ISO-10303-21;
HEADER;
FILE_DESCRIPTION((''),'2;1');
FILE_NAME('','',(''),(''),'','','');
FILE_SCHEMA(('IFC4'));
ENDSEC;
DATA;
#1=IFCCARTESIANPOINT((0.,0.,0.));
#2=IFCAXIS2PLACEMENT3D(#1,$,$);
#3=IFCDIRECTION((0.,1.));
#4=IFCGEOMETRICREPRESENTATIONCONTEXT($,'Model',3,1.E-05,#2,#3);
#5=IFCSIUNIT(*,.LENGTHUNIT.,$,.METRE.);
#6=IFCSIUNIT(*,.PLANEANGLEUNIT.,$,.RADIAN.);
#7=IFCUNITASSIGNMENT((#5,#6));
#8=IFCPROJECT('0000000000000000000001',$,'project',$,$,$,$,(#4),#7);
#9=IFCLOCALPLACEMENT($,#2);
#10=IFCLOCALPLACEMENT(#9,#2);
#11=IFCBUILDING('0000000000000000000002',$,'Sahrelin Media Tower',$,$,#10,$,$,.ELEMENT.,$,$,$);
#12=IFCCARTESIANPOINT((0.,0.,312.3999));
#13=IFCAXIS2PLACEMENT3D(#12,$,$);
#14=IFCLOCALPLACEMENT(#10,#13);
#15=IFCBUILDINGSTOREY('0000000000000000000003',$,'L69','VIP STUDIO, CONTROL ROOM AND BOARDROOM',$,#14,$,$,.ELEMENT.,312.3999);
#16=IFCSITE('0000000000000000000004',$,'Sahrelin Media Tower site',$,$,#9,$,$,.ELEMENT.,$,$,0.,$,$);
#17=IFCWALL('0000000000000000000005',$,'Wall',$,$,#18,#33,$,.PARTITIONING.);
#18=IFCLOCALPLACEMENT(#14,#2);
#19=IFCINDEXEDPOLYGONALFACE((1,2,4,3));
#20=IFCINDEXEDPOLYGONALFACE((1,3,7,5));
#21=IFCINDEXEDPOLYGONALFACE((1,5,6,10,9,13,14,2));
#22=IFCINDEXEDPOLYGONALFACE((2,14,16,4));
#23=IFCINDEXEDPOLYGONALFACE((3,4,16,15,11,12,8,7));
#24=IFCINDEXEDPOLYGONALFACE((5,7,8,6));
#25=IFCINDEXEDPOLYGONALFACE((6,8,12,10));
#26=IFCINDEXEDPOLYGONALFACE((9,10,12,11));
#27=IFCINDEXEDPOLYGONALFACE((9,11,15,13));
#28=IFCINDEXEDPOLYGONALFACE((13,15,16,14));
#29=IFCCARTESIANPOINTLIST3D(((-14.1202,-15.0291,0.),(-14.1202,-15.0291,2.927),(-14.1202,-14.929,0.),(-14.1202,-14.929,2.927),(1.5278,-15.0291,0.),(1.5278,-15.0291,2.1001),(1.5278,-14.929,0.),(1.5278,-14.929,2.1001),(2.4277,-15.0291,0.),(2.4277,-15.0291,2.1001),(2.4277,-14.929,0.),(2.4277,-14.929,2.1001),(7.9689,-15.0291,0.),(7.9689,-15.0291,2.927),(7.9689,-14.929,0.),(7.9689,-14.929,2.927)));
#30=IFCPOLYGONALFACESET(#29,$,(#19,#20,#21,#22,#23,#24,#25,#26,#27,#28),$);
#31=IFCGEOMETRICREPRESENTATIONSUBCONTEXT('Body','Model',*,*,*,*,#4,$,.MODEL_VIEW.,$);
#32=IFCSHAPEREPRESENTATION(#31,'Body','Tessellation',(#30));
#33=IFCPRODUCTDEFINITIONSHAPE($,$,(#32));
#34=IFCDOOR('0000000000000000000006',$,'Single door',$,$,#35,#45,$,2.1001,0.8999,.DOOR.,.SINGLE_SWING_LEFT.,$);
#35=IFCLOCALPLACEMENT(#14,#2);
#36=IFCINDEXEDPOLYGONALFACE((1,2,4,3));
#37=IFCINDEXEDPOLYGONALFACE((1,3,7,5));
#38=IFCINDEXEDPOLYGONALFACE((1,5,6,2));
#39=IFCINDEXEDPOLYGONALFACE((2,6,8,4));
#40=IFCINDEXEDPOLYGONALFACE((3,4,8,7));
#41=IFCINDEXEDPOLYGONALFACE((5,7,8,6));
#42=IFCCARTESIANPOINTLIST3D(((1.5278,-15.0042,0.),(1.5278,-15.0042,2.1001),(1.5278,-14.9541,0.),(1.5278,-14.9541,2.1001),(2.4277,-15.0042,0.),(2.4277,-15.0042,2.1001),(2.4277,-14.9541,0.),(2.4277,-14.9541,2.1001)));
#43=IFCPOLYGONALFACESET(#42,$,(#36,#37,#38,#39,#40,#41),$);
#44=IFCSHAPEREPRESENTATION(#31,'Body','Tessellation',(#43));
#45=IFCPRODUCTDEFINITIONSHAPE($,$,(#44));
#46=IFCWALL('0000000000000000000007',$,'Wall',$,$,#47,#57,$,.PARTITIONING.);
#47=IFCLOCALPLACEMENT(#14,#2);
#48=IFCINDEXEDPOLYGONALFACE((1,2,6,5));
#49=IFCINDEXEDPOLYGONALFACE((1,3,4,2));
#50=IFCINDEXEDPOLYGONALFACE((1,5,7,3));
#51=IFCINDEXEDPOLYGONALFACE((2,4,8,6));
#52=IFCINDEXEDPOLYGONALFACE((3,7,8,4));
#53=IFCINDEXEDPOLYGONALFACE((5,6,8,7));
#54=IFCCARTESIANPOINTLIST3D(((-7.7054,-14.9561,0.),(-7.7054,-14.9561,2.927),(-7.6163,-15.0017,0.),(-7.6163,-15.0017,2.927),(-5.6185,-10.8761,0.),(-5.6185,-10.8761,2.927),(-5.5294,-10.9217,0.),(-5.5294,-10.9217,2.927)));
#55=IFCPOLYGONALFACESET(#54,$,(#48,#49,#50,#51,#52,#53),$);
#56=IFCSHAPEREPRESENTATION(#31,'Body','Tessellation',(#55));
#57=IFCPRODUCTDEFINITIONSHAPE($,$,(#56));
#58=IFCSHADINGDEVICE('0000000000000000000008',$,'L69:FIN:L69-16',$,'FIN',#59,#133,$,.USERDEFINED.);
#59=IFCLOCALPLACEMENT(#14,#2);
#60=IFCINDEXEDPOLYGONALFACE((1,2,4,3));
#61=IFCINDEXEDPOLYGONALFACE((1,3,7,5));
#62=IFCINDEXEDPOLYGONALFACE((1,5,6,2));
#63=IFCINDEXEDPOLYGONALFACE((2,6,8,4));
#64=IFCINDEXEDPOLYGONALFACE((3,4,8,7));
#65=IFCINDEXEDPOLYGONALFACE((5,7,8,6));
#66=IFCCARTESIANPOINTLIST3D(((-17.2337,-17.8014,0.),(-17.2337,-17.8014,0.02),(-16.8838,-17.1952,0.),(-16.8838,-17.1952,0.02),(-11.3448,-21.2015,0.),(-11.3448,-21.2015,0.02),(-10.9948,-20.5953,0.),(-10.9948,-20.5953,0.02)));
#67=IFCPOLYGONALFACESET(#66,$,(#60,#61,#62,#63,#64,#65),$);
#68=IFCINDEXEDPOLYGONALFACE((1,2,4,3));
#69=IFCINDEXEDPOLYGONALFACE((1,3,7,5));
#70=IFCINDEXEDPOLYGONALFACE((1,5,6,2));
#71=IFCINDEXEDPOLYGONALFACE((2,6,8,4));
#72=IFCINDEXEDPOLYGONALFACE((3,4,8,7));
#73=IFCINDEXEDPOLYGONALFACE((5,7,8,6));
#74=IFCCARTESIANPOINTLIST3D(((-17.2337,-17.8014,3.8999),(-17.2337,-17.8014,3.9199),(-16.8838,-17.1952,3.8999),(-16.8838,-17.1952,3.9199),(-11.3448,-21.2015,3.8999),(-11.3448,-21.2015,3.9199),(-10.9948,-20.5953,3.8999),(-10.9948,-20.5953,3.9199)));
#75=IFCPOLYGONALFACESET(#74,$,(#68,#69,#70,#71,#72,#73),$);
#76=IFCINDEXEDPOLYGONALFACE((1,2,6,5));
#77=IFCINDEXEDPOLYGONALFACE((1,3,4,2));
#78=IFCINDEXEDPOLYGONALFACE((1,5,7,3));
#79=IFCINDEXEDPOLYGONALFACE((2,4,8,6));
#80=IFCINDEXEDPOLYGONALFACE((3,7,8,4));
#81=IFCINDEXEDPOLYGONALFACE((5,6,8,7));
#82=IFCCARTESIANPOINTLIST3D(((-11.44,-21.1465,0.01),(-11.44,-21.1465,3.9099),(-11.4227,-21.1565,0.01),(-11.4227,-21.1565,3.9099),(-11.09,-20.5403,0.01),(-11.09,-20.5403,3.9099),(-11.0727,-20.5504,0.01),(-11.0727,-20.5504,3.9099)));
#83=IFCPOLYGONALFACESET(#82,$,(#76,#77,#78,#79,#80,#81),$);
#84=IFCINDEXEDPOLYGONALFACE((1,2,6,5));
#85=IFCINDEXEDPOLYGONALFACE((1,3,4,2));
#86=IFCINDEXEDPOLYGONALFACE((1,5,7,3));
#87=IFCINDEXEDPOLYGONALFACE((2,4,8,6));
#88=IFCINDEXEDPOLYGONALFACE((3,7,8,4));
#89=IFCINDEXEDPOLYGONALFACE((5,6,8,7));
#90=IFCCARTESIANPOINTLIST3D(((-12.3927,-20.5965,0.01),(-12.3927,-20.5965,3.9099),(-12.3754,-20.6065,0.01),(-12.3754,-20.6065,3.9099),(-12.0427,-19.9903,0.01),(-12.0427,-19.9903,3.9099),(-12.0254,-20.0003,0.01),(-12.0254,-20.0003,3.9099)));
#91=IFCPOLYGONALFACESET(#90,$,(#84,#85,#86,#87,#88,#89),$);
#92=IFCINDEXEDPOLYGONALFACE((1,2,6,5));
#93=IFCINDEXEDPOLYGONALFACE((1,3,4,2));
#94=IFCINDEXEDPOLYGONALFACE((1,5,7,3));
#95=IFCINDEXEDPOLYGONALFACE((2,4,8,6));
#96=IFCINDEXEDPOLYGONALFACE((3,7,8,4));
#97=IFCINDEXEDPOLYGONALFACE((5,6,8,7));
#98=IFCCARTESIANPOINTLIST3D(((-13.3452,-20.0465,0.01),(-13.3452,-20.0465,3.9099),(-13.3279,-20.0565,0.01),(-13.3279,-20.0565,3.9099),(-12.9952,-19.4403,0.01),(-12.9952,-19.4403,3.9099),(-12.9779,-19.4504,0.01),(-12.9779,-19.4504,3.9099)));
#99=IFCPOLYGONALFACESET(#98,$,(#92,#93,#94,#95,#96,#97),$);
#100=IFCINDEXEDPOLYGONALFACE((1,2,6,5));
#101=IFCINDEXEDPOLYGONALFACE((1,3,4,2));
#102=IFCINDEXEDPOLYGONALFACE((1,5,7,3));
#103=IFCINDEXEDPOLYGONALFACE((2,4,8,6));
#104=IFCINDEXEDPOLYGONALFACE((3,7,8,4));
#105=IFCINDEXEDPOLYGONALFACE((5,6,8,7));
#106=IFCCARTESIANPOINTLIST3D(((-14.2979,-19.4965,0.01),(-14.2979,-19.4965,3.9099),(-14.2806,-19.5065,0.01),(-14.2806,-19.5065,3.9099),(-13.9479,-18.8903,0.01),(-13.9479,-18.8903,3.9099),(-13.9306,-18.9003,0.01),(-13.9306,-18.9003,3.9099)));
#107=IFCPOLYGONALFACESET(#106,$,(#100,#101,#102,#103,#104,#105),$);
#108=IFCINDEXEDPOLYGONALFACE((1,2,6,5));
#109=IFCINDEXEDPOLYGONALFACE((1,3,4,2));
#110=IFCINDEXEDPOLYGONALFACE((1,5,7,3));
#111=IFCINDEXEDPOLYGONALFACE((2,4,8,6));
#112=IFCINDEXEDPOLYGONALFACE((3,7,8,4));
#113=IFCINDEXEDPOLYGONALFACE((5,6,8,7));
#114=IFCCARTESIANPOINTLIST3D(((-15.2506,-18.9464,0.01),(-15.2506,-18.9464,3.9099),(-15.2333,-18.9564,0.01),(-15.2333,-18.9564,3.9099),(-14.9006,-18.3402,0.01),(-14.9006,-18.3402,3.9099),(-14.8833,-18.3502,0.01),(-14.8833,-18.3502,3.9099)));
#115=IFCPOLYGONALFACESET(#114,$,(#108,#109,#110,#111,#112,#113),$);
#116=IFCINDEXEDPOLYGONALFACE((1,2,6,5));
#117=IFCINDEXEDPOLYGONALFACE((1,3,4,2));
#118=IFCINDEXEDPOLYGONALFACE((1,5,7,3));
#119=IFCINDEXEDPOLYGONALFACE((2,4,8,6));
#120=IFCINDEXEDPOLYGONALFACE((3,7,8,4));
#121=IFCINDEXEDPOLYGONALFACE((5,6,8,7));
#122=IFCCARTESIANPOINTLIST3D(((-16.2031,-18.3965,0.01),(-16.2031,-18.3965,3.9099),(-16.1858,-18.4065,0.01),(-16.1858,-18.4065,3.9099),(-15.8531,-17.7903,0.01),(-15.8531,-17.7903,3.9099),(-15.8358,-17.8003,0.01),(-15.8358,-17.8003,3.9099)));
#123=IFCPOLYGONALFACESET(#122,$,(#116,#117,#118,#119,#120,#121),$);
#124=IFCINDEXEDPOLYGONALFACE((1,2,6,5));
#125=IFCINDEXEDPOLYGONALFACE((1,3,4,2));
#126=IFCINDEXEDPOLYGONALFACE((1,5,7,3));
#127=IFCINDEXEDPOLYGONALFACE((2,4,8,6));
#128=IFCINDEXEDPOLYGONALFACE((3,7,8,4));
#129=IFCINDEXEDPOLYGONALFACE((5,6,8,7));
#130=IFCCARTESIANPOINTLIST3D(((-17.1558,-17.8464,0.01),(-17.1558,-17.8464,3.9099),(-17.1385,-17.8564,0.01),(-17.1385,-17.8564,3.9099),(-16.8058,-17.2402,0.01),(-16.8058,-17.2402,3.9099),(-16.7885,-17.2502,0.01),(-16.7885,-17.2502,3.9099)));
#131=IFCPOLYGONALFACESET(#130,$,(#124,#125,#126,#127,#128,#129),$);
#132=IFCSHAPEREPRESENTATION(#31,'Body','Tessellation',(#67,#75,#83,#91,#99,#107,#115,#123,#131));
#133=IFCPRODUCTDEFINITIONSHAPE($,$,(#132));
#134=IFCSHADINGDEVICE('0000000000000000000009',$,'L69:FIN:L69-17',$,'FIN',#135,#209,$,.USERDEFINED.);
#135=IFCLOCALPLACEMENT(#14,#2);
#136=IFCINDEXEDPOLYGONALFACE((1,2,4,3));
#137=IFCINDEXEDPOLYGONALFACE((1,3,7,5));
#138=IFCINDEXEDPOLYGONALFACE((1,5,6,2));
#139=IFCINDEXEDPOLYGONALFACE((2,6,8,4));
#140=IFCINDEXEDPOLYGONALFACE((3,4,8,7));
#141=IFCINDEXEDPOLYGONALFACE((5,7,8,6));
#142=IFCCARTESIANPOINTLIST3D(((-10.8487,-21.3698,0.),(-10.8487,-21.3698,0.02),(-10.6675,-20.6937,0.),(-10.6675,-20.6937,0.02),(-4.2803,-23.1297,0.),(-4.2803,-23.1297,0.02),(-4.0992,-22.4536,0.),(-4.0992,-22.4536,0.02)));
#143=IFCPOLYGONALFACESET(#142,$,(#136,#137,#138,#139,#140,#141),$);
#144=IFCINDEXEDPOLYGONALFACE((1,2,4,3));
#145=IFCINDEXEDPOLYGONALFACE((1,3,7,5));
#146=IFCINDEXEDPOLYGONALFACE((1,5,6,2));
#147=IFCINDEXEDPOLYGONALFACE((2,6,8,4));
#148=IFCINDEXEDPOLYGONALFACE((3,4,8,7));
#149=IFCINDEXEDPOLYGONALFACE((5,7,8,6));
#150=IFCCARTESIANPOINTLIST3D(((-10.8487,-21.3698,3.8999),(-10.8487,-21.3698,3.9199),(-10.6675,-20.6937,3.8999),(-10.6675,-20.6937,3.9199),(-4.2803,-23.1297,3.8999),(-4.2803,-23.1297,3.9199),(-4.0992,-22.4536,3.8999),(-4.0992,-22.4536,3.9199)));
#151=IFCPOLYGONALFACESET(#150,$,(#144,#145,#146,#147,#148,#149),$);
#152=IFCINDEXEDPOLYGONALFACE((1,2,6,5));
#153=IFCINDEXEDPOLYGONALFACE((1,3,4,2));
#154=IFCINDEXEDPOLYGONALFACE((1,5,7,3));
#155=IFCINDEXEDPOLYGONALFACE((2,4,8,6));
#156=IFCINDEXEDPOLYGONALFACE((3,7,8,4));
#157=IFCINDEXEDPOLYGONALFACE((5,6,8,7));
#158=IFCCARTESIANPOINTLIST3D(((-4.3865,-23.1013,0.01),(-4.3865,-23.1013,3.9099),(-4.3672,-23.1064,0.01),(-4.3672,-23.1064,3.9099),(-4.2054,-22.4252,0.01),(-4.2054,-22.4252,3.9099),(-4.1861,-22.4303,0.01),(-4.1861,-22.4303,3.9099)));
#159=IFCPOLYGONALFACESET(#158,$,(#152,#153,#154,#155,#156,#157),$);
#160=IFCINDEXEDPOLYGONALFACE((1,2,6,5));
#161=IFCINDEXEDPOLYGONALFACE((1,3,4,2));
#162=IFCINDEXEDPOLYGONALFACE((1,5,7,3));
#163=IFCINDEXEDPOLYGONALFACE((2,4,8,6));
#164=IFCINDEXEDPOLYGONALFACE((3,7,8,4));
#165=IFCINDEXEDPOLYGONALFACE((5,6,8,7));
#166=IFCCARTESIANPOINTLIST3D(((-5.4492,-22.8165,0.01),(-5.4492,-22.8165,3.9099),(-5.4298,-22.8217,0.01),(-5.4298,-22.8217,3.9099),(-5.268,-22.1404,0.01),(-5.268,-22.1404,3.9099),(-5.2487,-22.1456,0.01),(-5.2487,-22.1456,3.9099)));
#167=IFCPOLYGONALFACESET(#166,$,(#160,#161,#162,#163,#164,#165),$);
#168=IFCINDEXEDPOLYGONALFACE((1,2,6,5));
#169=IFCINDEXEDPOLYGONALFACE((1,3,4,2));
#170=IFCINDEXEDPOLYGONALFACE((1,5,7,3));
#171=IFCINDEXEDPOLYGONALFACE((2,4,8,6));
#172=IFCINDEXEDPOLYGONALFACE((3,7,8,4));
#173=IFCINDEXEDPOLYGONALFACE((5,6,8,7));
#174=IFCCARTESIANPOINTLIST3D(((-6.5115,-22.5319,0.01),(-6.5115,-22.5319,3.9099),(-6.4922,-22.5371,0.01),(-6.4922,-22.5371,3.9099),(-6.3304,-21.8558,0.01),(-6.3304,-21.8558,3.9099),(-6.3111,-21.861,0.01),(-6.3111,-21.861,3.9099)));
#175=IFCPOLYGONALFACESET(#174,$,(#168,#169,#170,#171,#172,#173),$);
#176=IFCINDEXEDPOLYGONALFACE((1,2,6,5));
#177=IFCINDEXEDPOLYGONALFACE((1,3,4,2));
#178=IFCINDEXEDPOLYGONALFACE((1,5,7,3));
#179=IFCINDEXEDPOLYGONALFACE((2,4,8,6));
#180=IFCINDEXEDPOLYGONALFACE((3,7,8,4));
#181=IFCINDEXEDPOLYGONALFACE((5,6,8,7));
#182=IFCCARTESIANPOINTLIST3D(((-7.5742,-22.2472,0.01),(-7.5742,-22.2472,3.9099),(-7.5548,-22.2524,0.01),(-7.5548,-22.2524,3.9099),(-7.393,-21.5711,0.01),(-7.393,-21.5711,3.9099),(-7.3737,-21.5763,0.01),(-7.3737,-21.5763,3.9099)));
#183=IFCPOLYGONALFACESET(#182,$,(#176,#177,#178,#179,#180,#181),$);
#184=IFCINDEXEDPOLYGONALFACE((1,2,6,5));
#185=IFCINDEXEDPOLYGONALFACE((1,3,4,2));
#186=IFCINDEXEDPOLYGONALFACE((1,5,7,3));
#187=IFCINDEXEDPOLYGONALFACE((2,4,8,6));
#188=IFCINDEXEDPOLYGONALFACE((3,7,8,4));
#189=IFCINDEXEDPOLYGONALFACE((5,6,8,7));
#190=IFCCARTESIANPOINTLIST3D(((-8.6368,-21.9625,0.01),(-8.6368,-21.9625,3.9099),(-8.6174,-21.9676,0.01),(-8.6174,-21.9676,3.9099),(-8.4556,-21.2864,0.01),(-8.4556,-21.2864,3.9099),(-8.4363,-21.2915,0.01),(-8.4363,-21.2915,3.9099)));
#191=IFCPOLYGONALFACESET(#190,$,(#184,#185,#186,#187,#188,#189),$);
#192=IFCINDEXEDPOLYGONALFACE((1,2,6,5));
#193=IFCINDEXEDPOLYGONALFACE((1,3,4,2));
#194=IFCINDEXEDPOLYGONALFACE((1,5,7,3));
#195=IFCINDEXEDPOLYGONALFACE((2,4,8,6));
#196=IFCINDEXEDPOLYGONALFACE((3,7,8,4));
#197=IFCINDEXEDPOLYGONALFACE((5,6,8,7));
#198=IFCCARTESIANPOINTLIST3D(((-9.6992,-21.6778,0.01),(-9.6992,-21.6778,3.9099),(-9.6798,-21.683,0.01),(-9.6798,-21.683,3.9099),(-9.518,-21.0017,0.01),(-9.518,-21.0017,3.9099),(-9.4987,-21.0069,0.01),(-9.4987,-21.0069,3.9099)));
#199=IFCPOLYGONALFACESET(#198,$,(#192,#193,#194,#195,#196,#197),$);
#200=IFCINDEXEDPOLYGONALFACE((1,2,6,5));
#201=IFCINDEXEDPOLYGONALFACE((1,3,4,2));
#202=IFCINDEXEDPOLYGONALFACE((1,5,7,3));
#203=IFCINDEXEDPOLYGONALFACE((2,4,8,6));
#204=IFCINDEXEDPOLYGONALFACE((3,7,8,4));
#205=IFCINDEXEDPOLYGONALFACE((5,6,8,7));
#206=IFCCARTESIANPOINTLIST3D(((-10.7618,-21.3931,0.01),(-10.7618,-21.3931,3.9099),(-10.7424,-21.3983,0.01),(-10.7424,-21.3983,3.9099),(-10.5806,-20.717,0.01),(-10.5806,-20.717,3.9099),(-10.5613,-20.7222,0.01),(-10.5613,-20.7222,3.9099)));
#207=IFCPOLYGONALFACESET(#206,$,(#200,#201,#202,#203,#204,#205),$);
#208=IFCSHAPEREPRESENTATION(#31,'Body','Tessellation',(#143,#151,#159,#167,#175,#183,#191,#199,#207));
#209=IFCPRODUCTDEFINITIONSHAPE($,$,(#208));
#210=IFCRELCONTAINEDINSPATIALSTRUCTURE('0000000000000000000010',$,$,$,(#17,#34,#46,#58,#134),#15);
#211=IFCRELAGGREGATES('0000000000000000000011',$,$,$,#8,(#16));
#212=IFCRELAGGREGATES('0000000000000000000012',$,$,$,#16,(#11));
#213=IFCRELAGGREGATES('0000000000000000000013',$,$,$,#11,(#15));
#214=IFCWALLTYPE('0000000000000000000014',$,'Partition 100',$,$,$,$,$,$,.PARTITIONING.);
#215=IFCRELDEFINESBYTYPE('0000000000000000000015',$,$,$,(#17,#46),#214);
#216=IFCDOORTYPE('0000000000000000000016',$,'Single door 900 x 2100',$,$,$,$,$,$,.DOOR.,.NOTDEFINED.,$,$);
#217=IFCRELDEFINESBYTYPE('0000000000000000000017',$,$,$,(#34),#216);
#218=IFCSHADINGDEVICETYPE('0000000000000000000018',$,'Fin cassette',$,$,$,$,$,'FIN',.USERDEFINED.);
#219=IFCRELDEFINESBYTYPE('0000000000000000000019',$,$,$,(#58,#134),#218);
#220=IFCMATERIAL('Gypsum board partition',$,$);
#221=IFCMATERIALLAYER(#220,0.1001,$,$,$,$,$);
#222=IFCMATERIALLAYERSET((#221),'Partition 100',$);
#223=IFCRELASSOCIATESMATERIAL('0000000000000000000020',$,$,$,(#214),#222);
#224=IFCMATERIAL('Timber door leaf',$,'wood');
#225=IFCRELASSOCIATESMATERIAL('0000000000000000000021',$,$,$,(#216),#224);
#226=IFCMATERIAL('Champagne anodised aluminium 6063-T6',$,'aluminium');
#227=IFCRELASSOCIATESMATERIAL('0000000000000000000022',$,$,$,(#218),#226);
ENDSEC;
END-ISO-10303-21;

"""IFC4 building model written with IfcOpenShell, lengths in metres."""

from ifc_helpers import new_model, si_unit, direction, frame, frame_2d, origin, origin_2d, place, context, subcontext, project, spatial, rectangle, extrude, material, layer, layer_set, type_object, element, fill, save


model = new_model("IFC4")

# Units and contexts
model_context = context("Model", 3, precision=1e-05, world=origin(), true_north=direction((0.0, 1.0)))
body_context = subcontext(model_context, "Body", "Model", "MODEL_VIEW")
ifc_project = project(units=[si_unit("LENGTHUNIT", "METRE"), si_unit("PLANEANGLEUNIT", "RADIAN")], contexts=[model_context])

# Site, building, storey
site_placement = place(None, origin())
site = spatial("IfcSite", under=ifc_project, at=site_placement, Name="Sahrelin Media Tower site", CompositionType="ELEMENT", RefElevation=0.0)
building_placement = place(site_placement, origin())
building = spatial("IfcBuilding", under=site, at=building_placement, Name="Sahrelin Media Tower", CompositionType="ELEMENT")
storey_placement = place(building_placement, frame((0.0, 0.0, 312.3999)))
storey = spatial("IfcBuildingStorey", under=building, at=storey_placement, Name="L69", Description="VIP STUDIO, CONTROL ROOM AND BOARDROOM", CompositionType="ELEMENT", Elevation=312.3999)

# Shared definitions
ifc_material_1 = material(Name="Champagne anodised aluminium 6063-T6", Category="aluminium")

# Wall, opening, door
ifc_material_2 = material(Name="Gypsum board partition")
ifc_layer_1 = layer(ifc_material_2, 0.1001)
ifc_layer_set_1 = layer_set([ifc_layer_1], Name="Partition 100")
wall_type_1 = type_object("IfcWallType", Name="Partition 100", PredefinedType="PARTITIONING", material=ifc_layer_set_1)
wall_1_placement = place(storey_placement, frame((-14.1201, -14.979, 0.0), z_axis=(0.0, 0.0, 1.0), x_axis=(1.0, 0.0, 0.0)))
wall_1 = element("IfcWall", 1, at=wall_1_placement, inside=storey, type_object=wall_type_1, Name="Wall", PredefinedType="PARTITIONING", context=body_context, shape_type="SweptSolid", body=[
    extrude(rectangle(XDim=22.0891, YDim=0.1001, at=frame_2d((11.0444, 0.0))), origin(), (0.0, 0.0, 1.0), 2.927),
])
opening_1_placement = place(wall_1_placement, frame((15.6479, 0.0, 0.0)))
opening_1 = element("IfcOpeningElement", 2, at=opening_1_placement, cuts=wall_1, PredefinedType="OPENING", context=body_context, shape_type="SweptSolid", body=[
    extrude(rectangle(XDim=0.8999, YDim=2.1001, at=frame_2d((0.45, 1.05))), frame((0.0, 0.05, 0.0), z_axis=(0.0, -1.0, 0.0), x_axis=(1.0, 0.0, 0.0)), (0.0, 0.0, 1.0), 0.1001),
])
ifc_material_3 = material(Name="Timber door leaf", Category="wood")
door_type_1 = type_object("IfcDoorType", Name="Single door 900 x 2100", OperationType="NOTDEFINED", PredefinedType="DOOR", material=ifc_material_3)
door_1_placement = place(opening_1_placement, origin())
door_1 = element("IfcDoor", 3, at=door_1_placement, inside=storey, type_object=door_type_1, Name="Single door", OperationType="SINGLE_SWING_LEFT", OverallHeight=2.1001, OverallWidth=0.8999, PredefinedType="DOOR", context=body_context, shape_type="SweptSolid", body=[
    extrude(rectangle(XDim=0.8999, YDim=2.1001, at=frame_2d((0.45, 1.05))), frame((0.0, 0.0249, 0.0), z_axis=(0.0, -1.0, 0.0), x_axis=(1.0, 0.0, 0.0)), (0.0, 0.0, 1.0), 0.05),
])
fill(opening_1, door_1)

# Wall
wall_2_placement = place(storey_placement, frame((-7.6609, -14.979, 0.0), z_axis=(0.0, 0.0, 1.0), x_axis=(0.455378, 0.890298, 0.0)))
element("IfcWall", 4, at=wall_2_placement, inside=storey, type_object=wall_type_1, Name="Wall", PredefinedType="PARTITIONING", context=body_context, shape_type="SweptSolid", body=[
    extrude(rectangle(XDim=4.5828, YDim=0.1001, at=frame_2d((2.2915, 0.0))), origin(), (0.0, 0.0, 1.0), 2.927),
])

# Shading devices
shading_device_type_1 = type_object("IfcShadingDeviceType", Name="Fin cassette", ElementType="FIN", PredefinedType="USERDEFINED", material=ifc_material_1)
placement_1 = place(storey_placement, frame((-13.9043, -18.8347, 0.0), z_axis=(0.0, 0.0, 1.0), x_axis=(-0.866019, 0.500011, 0.0)))
element("IfcShadingDevice", 5, at=placement_1, inside=storey, type_object=shading_device_type_1, Name="L69:FIN:L69-16", ObjectType="FIN", PredefinedType="USERDEFINED", context=body_context, shape_type="SweptSolid", body=[
    extrude(rectangle(XDim=6.8, YDim=0.7, at=origin_2d()), frame((0.0, 0.4199, 0.0)), (0.0, 0.0, 1.0), 0.02),
    extrude(rectangle(XDim=6.8, YDim=0.7, at=origin_2d()), frame((0.0, 0.4199, 3.8999)), (0.0, 0.0, 1.0), 0.02),
    extrude(rectangle(XDim=0.02, YDim=0.7, at=origin_2d()), frame((-3.3, 0.4199, 0.01), z_axis=(0.0, 0.0, 1.0), x_axis=(1.0, 0.0, 0.0)), (0.0, 0.0, 1.0), 3.8999),
    extrude(rectangle(XDim=0.02, YDim=0.7, at=origin_2d()), frame((-2.2, 0.4199, 0.01), z_axis=(0.0, 0.0, 1.0), x_axis=(1.0, 0.0, 0.0)), (0.0, 0.0, 1.0), 3.8999),
    extrude(rectangle(XDim=0.02, YDim=0.7, at=origin_2d()), frame((-1.1001, 0.4199, 0.01), z_axis=(0.0, 0.0, 1.0), x_axis=(1.0, 0.0, 0.0)), (0.0, 0.0, 1.0), 3.8999),
    extrude(rectangle(XDim=0.02, YDim=0.7, at=origin_2d()), frame((0.0, 0.4199, 0.01), z_axis=(0.0, 0.0, 1.0), x_axis=(1.0, 0.0, 0.0)), (0.0, 0.0, 1.0), 3.8999),
    extrude(rectangle(XDim=0.02, YDim=0.7, at=origin_2d()), frame((1.1001, 0.4199, 0.01), z_axis=(0.0, 0.0, 1.0), x_axis=(1.0, 0.0, 0.0)), (0.0, 0.0, 1.0), 3.8999),
    extrude(rectangle(XDim=0.02, YDim=0.7, at=origin_2d()), frame((2.2, 0.4199, 0.01), z_axis=(0.0, 0.0, 1.0), x_axis=(1.0, 0.0, 0.0)), (0.0, 0.0, 1.0), 3.8999),
    extrude(rectangle(XDim=0.02, YDim=0.7, at=origin_2d()), frame((3.3, 0.4199, 0.01), z_axis=(0.0, 0.0, 1.0), x_axis=(1.0, 0.0, 0.0)), (0.0, 0.0, 1.0), 3.8999),
])
placement_2 = place(storey_placement, frame((-7.3652, -21.5061, 0.0), z_axis=(0.0, 0.0, 1.0), x_axis=(-0.965929, 0.258808, 0.0)))
element("IfcShadingDevice", 6, at=placement_2, inside=storey, type_object=shading_device_type_1, Name="L69:FIN:L69-17", ObjectType="FIN", PredefinedType="USERDEFINED", context=body_context, shape_type="SweptSolid", body=[
    extrude(rectangle(XDim=6.8, YDim=0.7, at=origin_2d()), frame((0.0, 0.4199, 0.0)), (0.0, 0.0, 1.0), 0.02),
    extrude(rectangle(XDim=6.8, YDim=0.7, at=origin_2d()), frame((0.0, 0.4199, 3.8999)), (0.0, 0.0, 1.0), 0.02),
    extrude(rectangle(XDim=0.02, YDim=0.7, at=origin_2d()), frame((-3.3, 0.4199, 0.01), z_axis=(0.0, 0.0, 1.0), x_axis=(1.0, 0.0, 0.0)), (0.0, 0.0, 1.0), 3.8999),
    extrude(rectangle(XDim=0.02, YDim=0.7, at=origin_2d()), frame((-2.2, 0.4199, 0.01), z_axis=(0.0, 0.0, 1.0), x_axis=(1.0, 0.0, 0.0)), (0.0, 0.0, 1.0), 3.8999),
    extrude(rectangle(XDim=0.02, YDim=0.7, at=origin_2d()), frame((-1.1001, 0.4199, 0.01), z_axis=(0.0, 0.0, 1.0), x_axis=(1.0, 0.0, 0.0)), (0.0, 0.0, 1.0), 3.8999),
    extrude(rectangle(XDim=0.02, YDim=0.7, at=origin_2d()), frame((0.0, 0.4199, 0.01), z_axis=(0.0, 0.0, 1.0), x_axis=(1.0, 0.0, 0.0)), (0.0, 0.0, 1.0), 3.8999),
    extrude(rectangle(XDim=0.02, YDim=0.7, at=origin_2d()), frame((1.1001, 0.4199, 0.01), z_axis=(0.0, 0.0, 1.0), x_axis=(1.0, 0.0, 0.0)), (0.0, 0.0, 1.0), 3.8999),
    extrude(rectangle(XDim=0.02, YDim=0.7, at=origin_2d()), frame((2.2, 0.4199, 0.01), z_axis=(0.0, 0.0, 1.0), x_axis=(1.0, 0.0, 0.0)), (0.0, 0.0, 1.0), 3.8999),
    extrude(rectangle(XDim=0.02, YDim=0.7, at=origin_2d()), frame((3.3, 0.4199, 0.01), z_axis=(0.0, 0.0, 1.0), x_axis=(1.0, 0.0, 0.0)), (0.0, 0.0, 1.0), 3.8999),
])

save(model, "model.ifc")
